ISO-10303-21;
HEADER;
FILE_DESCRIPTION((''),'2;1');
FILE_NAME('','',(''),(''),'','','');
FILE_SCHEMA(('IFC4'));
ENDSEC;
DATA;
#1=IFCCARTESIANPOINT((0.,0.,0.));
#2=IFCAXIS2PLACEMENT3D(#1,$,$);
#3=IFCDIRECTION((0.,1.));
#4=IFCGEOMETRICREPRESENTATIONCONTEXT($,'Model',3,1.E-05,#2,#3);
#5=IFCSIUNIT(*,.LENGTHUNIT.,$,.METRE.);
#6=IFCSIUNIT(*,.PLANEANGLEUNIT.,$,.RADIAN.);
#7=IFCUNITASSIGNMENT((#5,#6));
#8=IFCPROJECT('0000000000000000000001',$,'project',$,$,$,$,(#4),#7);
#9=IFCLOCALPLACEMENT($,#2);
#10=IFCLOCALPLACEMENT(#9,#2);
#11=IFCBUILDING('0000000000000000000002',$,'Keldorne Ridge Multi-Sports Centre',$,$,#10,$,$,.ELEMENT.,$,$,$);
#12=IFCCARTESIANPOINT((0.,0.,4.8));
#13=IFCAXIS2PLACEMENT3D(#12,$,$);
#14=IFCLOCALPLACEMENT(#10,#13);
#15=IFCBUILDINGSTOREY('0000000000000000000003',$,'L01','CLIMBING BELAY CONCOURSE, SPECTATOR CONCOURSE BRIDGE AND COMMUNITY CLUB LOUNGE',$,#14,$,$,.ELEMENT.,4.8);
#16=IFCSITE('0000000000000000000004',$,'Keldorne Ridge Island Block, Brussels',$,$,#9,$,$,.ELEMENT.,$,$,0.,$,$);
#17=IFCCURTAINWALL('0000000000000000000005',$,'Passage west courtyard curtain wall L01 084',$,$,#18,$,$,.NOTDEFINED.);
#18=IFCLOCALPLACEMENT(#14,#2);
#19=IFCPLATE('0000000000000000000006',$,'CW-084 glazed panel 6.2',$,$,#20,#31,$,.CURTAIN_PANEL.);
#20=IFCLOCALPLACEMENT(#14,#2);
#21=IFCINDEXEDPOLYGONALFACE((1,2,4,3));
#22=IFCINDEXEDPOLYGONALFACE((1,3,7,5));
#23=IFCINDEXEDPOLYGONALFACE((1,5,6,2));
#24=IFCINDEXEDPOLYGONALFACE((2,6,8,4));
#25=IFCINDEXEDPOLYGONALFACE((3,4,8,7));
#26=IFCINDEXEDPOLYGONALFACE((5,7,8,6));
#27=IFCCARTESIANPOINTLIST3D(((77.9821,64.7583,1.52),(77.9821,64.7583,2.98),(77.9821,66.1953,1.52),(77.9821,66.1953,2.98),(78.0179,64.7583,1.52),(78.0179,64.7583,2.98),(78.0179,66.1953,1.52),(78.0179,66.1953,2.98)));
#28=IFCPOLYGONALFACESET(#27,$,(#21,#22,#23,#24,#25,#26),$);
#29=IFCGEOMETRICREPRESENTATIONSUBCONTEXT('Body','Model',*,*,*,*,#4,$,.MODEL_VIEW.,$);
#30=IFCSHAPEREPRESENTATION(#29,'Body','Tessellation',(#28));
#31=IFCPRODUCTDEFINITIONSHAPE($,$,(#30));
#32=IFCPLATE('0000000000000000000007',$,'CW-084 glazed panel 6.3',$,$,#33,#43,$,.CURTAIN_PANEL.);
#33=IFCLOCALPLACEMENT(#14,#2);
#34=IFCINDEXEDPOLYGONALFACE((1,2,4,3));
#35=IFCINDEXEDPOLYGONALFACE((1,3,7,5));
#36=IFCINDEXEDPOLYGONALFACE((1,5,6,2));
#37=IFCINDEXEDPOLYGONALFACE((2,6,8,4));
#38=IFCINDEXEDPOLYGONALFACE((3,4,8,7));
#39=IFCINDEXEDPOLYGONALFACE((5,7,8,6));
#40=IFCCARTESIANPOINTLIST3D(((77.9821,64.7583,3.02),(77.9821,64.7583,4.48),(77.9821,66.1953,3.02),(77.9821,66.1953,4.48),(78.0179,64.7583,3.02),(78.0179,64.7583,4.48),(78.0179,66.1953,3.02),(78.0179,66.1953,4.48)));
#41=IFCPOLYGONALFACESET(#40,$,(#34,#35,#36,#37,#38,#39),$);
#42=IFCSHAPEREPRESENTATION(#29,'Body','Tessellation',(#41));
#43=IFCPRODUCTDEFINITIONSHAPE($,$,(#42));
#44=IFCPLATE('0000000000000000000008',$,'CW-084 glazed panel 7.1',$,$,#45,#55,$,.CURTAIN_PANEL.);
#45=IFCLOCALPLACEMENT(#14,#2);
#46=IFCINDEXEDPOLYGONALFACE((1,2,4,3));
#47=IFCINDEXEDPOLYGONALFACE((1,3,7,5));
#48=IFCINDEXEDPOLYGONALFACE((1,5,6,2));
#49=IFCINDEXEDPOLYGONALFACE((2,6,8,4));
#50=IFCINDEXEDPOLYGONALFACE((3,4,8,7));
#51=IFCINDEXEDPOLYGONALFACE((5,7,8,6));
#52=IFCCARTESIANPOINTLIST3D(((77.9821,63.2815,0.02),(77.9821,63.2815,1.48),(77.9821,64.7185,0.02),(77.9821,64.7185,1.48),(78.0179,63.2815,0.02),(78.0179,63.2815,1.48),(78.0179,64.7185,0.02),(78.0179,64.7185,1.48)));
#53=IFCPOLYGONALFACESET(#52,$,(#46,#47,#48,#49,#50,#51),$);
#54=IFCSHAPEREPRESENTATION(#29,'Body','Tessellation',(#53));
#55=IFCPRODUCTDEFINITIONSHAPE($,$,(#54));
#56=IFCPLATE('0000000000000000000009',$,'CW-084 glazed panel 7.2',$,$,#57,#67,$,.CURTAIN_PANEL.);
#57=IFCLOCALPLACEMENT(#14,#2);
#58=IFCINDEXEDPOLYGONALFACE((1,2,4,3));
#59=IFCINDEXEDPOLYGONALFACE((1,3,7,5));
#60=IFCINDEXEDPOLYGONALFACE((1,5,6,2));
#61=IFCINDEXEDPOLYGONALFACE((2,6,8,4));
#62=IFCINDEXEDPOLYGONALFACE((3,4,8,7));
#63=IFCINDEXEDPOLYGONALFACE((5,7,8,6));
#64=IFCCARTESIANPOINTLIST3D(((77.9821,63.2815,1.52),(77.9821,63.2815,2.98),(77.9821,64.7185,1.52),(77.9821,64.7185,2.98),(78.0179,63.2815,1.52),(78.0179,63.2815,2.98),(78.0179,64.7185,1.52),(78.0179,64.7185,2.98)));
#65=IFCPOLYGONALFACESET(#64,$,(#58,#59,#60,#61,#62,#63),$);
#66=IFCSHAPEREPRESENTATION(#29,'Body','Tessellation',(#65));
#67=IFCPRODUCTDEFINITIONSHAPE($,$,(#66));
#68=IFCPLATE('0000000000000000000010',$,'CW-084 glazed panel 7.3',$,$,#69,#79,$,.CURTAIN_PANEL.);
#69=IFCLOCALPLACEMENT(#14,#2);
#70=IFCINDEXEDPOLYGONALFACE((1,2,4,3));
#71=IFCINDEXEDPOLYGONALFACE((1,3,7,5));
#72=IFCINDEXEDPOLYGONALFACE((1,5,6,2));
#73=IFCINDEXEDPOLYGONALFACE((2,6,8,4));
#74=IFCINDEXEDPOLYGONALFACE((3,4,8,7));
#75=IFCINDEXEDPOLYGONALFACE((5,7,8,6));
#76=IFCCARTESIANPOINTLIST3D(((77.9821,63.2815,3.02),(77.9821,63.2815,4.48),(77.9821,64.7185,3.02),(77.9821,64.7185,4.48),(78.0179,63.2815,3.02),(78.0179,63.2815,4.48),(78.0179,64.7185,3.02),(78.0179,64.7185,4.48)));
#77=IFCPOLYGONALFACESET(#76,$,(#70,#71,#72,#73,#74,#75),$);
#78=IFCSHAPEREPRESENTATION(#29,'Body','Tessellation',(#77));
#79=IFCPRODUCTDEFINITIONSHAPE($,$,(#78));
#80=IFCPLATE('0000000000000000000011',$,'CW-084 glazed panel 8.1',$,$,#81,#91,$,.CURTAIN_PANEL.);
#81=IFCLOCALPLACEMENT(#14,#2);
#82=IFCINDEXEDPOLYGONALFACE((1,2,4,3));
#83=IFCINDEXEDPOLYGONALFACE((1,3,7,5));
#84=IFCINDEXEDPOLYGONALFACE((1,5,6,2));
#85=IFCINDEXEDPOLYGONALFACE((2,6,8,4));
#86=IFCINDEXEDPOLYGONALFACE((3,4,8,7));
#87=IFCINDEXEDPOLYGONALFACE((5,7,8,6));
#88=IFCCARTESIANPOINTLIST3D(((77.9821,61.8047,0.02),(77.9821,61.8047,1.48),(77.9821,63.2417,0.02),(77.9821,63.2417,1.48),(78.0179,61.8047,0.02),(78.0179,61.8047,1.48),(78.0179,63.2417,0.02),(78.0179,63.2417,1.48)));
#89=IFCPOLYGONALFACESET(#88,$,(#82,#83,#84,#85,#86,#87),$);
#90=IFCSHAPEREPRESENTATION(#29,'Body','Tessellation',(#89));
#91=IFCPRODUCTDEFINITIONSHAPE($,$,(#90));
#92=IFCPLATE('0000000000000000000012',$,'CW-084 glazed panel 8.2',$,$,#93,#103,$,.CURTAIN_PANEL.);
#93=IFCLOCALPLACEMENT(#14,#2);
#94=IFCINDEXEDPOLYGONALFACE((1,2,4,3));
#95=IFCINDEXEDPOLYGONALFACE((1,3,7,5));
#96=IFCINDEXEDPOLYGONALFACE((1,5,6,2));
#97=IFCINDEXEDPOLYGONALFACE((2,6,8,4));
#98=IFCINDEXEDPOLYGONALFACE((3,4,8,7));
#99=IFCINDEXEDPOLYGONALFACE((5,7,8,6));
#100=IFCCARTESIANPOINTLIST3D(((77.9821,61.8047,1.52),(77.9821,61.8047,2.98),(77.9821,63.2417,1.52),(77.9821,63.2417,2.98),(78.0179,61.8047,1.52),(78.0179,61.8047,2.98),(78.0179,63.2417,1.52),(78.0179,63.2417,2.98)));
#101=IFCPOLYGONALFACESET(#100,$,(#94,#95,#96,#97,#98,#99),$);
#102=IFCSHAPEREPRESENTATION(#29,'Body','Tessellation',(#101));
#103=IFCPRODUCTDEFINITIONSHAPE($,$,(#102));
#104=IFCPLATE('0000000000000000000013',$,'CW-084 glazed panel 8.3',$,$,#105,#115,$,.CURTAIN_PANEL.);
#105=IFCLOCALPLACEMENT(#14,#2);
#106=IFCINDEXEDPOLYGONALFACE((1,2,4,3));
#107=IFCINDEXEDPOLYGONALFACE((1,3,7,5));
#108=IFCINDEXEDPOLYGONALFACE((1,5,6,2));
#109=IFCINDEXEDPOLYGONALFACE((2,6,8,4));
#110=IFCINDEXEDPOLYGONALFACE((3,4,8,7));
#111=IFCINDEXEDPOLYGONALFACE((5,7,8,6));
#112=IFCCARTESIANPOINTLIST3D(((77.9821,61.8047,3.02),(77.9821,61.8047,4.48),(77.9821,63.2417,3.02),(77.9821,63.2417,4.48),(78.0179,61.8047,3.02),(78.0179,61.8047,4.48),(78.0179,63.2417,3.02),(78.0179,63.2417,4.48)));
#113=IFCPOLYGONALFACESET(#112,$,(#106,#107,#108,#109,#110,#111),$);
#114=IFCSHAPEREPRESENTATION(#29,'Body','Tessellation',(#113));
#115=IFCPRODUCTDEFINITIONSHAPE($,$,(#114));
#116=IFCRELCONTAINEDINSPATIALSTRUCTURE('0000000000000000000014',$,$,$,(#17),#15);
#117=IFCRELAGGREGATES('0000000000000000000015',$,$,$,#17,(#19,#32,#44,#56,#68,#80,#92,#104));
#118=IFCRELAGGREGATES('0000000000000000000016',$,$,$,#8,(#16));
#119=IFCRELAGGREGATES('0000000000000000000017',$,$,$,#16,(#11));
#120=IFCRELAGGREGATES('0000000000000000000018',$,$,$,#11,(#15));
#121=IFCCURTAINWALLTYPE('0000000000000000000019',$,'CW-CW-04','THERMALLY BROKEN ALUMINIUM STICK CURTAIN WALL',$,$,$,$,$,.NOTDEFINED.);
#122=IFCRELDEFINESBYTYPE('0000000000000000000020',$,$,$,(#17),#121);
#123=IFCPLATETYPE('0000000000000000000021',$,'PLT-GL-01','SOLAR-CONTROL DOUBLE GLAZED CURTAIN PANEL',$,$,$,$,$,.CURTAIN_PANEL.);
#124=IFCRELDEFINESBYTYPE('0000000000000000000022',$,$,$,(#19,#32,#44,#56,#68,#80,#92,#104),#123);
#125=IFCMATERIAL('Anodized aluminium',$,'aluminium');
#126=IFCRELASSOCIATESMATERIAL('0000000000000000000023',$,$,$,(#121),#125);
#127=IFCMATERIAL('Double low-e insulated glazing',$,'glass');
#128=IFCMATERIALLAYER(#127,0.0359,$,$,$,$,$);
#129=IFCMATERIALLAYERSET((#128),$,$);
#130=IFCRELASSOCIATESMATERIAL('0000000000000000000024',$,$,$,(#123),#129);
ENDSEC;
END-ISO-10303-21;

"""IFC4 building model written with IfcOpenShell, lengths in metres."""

from ifc_helpers import new_model, si_unit, direction, frame, origin, origin_2d, place, context, subcontext, project, spatial, rectangle, extrude, material, layer, layer_set, type_object, element, aggregate, save


model = new_model("IFC4")

# Units and contexts
model_context = context("Model", 3, precision=1e-05, world=origin(), true_north=direction((0.0, 1.0)))
body_context = subcontext(model_context, "Body", "Model", "MODEL_VIEW")
ifc_project = project(units=[si_unit("LENGTHUNIT", "METRE"), si_unit("PLANEANGLEUNIT", "RADIAN")], contexts=[model_context])

# Site, building, storey
site_placement = place(None, origin())
site = spatial("IfcSite", under=ifc_project, at=site_placement, Name="Keldorne Ridge Island Block, Brussels", CompositionType="ELEMENT", RefElevation=0.0)
building_placement = place(site_placement, origin())
building = spatial("IfcBuilding", under=site, at=building_placement, Name="Keldorne Ridge Multi-Sports Centre", CompositionType="ELEMENT")
storey_placement = place(building_placement, frame((0.0, 0.0, 4.8)))
storey = spatial("IfcBuildingStorey", under=building, at=storey_placement, Name="L01", Description="CLIMBING BELAY CONCOURSE, SPECTATOR CONCOURSE BRIDGE AND COMMUNITY CLUB LOUNGE", CompositionType="ELEMENT", Elevation=4.8)

# Curtain wall, plates
ifc_material_1 = material(Name="Anodized aluminium", Category="aluminium")
curtain_wall_type = type_object("IfcCurtainWallType", Name="CW-CW-04", Description="THERMALLY BROKEN ALUMINIUM STICK CURTAIN WALL", PredefinedType="NOTDEFINED", material=ifc_material_1)
curtain_wall_placement = place(storey_placement, origin())
curtain_wall = element("IfcCurtainWall", 1, at=curtain_wall_placement, inside=storey, type_object=curtain_wall_type, Name="Passage west courtyard curtain wall L01 084", PredefinedType="NOTDEFINED")
ifc_material_2 = material(Name="Double low-e insulated glazing", Category="glass")
ifc_layer = layer(ifc_material_2, 0.0359)
ifc_layer_set = layer_set([ifc_layer])
plate_type = type_object("IfcPlateType", Name="PLT-GL-01", Description="SOLAR-CONTROL DOUBLE GLAZED CURTAIN PANEL", PredefinedType="CURTAIN_PANEL", material=ifc_layer_set)
plate_1_placement = place(storey_placement, frame((78.0, 65.4768, 1.52), z_axis=(0.0, 0.0, 1.0), x_axis=(0.0, -1.0, 0.0)))
plate_1 = element("IfcPlate", 2, at=plate_1_placement, type_object=plate_type, Name="CW-084 glazed panel 6.2", PredefinedType="CURTAIN_PANEL", context=body_context, shape_type="SweptSolid", body=[
    extrude(rectangle(XDim=1.437, YDim=0.0359, at=origin_2d()), origin(), (0.0, 0.0, 1.0), 1.46),
])
plate_2_placement = place(storey_placement, frame((78.0, 65.4768, 3.02), z_axis=(0.0, 0.0, 1.0), x_axis=(0.0, -1.0, 0.0)))
plate_2 = element("IfcPlate", 3, at=plate_2_placement, type_object=plate_type, Name="CW-084 glazed panel 6.3", PredefinedType="CURTAIN_PANEL", context=body_context, shape_type="SweptSolid", body=[
    extrude(rectangle(XDim=1.437, YDim=0.0359, at=origin_2d()), origin(), (0.0, 0.0, 1.0), 1.46),
])
plate_3_placement = place(storey_placement, frame((78.0, 64.0, 0.02), z_axis=(0.0, 0.0, 1.0), x_axis=(0.0, -1.0, 0.0)))
plate_3 = element("IfcPlate", 4, at=plate_3_placement, type_object=plate_type, Name="CW-084 glazed panel 7.1", PredefinedType="CURTAIN_PANEL", context=body_context, shape_type="SweptSolid", body=[
    extrude(rectangle(XDim=1.437, YDim=0.0359, at=origin_2d()), origin(), (0.0, 0.0, 1.0), 1.46),
])
plate_4_placement = place(storey_placement, frame((78.0, 64.0, 1.52), z_axis=(0.0, 0.0, 1.0), x_axis=(0.0, -1.0, 0.0)))
plate_4 = element("IfcPlate", 5, at=plate_4_placement, type_object=plate_type, Name="CW-084 glazed panel 7.2", PredefinedType="CURTAIN_PANEL", context=body_context, shape_type="SweptSolid", body=[
    extrude(rectangle(XDim=1.437, YDim=0.0359, at=origin_2d()), origin(), (0.0, 0.0, 1.0), 1.46),
])
plate_5_placement = place(storey_placement, frame((78.0, 64.0, 3.02), z_axis=(0.0, 0.0, 1.0), x_axis=(0.0, -1.0, 0.0)))
plate_5 = element("IfcPlate", 6, at=plate_5_placement, type_object=plate_type, Name="CW-084 glazed panel 7.3", PredefinedType="CURTAIN_PANEL", context=body_context, shape_type="SweptSolid", body=[
    extrude(rectangle(XDim=1.437, YDim=0.0359, at=origin_2d()), origin(), (0.0, 0.0, 1.0), 1.46),
])
plate_6_placement = place(storey_placement, frame((78.0, 62.5232, 0.02), z_axis=(0.0, 0.0, 1.0), x_axis=(0.0, -1.0, 0.0)))
plate_6 = element("IfcPlate", 7, at=plate_6_placement, type_object=plate_type, Name="CW-084 glazed panel 8.1", PredefinedType="CURTAIN_PANEL", context=body_context, shape_type="SweptSolid", body=[
    extrude(rectangle(XDim=1.437, YDim=0.0359, at=origin_2d()), origin(), (0.0, 0.0, 1.0), 1.46),
])
plate_7_placement = place(storey_placement, frame((78.0, 62.5232, 1.52), z_axis=(0.0, 0.0, 1.0), x_axis=(0.0, -1.0, 0.0)))
plate_7 = element("IfcPlate", 8, at=plate_7_placement, type_object=plate_type, Name="CW-084 glazed panel 8.2", PredefinedType="CURTAIN_PANEL", context=body_context, shape_type="SweptSolid", body=[
    extrude(rectangle(XDim=1.437, YDim=0.0359, at=origin_2d()), origin(), (0.0, 0.0, 1.0), 1.46),
])
plate_8_placement = place(storey_placement, frame((78.0, 62.5232, 3.02), z_axis=(0.0, 0.0, 1.0), x_axis=(0.0, -1.0, 0.0)))
plate_8 = element("IfcPlate", 9, at=plate_8_placement, type_object=plate_type, Name="CW-084 glazed panel 8.3", PredefinedType="CURTAIN_PANEL", context=body_context, shape_type="SweptSolid", body=[
    extrude(rectangle(XDim=1.437, YDim=0.0359, at=origin_2d()), origin(), (0.0, 0.0, 1.0), 1.46),
])
aggregate(curtain_wall, [plate_1, plate_2, plate_3, plate_4, plate_5, plate_6, plate_7, plate_8])

save(model, "model.ifc")
